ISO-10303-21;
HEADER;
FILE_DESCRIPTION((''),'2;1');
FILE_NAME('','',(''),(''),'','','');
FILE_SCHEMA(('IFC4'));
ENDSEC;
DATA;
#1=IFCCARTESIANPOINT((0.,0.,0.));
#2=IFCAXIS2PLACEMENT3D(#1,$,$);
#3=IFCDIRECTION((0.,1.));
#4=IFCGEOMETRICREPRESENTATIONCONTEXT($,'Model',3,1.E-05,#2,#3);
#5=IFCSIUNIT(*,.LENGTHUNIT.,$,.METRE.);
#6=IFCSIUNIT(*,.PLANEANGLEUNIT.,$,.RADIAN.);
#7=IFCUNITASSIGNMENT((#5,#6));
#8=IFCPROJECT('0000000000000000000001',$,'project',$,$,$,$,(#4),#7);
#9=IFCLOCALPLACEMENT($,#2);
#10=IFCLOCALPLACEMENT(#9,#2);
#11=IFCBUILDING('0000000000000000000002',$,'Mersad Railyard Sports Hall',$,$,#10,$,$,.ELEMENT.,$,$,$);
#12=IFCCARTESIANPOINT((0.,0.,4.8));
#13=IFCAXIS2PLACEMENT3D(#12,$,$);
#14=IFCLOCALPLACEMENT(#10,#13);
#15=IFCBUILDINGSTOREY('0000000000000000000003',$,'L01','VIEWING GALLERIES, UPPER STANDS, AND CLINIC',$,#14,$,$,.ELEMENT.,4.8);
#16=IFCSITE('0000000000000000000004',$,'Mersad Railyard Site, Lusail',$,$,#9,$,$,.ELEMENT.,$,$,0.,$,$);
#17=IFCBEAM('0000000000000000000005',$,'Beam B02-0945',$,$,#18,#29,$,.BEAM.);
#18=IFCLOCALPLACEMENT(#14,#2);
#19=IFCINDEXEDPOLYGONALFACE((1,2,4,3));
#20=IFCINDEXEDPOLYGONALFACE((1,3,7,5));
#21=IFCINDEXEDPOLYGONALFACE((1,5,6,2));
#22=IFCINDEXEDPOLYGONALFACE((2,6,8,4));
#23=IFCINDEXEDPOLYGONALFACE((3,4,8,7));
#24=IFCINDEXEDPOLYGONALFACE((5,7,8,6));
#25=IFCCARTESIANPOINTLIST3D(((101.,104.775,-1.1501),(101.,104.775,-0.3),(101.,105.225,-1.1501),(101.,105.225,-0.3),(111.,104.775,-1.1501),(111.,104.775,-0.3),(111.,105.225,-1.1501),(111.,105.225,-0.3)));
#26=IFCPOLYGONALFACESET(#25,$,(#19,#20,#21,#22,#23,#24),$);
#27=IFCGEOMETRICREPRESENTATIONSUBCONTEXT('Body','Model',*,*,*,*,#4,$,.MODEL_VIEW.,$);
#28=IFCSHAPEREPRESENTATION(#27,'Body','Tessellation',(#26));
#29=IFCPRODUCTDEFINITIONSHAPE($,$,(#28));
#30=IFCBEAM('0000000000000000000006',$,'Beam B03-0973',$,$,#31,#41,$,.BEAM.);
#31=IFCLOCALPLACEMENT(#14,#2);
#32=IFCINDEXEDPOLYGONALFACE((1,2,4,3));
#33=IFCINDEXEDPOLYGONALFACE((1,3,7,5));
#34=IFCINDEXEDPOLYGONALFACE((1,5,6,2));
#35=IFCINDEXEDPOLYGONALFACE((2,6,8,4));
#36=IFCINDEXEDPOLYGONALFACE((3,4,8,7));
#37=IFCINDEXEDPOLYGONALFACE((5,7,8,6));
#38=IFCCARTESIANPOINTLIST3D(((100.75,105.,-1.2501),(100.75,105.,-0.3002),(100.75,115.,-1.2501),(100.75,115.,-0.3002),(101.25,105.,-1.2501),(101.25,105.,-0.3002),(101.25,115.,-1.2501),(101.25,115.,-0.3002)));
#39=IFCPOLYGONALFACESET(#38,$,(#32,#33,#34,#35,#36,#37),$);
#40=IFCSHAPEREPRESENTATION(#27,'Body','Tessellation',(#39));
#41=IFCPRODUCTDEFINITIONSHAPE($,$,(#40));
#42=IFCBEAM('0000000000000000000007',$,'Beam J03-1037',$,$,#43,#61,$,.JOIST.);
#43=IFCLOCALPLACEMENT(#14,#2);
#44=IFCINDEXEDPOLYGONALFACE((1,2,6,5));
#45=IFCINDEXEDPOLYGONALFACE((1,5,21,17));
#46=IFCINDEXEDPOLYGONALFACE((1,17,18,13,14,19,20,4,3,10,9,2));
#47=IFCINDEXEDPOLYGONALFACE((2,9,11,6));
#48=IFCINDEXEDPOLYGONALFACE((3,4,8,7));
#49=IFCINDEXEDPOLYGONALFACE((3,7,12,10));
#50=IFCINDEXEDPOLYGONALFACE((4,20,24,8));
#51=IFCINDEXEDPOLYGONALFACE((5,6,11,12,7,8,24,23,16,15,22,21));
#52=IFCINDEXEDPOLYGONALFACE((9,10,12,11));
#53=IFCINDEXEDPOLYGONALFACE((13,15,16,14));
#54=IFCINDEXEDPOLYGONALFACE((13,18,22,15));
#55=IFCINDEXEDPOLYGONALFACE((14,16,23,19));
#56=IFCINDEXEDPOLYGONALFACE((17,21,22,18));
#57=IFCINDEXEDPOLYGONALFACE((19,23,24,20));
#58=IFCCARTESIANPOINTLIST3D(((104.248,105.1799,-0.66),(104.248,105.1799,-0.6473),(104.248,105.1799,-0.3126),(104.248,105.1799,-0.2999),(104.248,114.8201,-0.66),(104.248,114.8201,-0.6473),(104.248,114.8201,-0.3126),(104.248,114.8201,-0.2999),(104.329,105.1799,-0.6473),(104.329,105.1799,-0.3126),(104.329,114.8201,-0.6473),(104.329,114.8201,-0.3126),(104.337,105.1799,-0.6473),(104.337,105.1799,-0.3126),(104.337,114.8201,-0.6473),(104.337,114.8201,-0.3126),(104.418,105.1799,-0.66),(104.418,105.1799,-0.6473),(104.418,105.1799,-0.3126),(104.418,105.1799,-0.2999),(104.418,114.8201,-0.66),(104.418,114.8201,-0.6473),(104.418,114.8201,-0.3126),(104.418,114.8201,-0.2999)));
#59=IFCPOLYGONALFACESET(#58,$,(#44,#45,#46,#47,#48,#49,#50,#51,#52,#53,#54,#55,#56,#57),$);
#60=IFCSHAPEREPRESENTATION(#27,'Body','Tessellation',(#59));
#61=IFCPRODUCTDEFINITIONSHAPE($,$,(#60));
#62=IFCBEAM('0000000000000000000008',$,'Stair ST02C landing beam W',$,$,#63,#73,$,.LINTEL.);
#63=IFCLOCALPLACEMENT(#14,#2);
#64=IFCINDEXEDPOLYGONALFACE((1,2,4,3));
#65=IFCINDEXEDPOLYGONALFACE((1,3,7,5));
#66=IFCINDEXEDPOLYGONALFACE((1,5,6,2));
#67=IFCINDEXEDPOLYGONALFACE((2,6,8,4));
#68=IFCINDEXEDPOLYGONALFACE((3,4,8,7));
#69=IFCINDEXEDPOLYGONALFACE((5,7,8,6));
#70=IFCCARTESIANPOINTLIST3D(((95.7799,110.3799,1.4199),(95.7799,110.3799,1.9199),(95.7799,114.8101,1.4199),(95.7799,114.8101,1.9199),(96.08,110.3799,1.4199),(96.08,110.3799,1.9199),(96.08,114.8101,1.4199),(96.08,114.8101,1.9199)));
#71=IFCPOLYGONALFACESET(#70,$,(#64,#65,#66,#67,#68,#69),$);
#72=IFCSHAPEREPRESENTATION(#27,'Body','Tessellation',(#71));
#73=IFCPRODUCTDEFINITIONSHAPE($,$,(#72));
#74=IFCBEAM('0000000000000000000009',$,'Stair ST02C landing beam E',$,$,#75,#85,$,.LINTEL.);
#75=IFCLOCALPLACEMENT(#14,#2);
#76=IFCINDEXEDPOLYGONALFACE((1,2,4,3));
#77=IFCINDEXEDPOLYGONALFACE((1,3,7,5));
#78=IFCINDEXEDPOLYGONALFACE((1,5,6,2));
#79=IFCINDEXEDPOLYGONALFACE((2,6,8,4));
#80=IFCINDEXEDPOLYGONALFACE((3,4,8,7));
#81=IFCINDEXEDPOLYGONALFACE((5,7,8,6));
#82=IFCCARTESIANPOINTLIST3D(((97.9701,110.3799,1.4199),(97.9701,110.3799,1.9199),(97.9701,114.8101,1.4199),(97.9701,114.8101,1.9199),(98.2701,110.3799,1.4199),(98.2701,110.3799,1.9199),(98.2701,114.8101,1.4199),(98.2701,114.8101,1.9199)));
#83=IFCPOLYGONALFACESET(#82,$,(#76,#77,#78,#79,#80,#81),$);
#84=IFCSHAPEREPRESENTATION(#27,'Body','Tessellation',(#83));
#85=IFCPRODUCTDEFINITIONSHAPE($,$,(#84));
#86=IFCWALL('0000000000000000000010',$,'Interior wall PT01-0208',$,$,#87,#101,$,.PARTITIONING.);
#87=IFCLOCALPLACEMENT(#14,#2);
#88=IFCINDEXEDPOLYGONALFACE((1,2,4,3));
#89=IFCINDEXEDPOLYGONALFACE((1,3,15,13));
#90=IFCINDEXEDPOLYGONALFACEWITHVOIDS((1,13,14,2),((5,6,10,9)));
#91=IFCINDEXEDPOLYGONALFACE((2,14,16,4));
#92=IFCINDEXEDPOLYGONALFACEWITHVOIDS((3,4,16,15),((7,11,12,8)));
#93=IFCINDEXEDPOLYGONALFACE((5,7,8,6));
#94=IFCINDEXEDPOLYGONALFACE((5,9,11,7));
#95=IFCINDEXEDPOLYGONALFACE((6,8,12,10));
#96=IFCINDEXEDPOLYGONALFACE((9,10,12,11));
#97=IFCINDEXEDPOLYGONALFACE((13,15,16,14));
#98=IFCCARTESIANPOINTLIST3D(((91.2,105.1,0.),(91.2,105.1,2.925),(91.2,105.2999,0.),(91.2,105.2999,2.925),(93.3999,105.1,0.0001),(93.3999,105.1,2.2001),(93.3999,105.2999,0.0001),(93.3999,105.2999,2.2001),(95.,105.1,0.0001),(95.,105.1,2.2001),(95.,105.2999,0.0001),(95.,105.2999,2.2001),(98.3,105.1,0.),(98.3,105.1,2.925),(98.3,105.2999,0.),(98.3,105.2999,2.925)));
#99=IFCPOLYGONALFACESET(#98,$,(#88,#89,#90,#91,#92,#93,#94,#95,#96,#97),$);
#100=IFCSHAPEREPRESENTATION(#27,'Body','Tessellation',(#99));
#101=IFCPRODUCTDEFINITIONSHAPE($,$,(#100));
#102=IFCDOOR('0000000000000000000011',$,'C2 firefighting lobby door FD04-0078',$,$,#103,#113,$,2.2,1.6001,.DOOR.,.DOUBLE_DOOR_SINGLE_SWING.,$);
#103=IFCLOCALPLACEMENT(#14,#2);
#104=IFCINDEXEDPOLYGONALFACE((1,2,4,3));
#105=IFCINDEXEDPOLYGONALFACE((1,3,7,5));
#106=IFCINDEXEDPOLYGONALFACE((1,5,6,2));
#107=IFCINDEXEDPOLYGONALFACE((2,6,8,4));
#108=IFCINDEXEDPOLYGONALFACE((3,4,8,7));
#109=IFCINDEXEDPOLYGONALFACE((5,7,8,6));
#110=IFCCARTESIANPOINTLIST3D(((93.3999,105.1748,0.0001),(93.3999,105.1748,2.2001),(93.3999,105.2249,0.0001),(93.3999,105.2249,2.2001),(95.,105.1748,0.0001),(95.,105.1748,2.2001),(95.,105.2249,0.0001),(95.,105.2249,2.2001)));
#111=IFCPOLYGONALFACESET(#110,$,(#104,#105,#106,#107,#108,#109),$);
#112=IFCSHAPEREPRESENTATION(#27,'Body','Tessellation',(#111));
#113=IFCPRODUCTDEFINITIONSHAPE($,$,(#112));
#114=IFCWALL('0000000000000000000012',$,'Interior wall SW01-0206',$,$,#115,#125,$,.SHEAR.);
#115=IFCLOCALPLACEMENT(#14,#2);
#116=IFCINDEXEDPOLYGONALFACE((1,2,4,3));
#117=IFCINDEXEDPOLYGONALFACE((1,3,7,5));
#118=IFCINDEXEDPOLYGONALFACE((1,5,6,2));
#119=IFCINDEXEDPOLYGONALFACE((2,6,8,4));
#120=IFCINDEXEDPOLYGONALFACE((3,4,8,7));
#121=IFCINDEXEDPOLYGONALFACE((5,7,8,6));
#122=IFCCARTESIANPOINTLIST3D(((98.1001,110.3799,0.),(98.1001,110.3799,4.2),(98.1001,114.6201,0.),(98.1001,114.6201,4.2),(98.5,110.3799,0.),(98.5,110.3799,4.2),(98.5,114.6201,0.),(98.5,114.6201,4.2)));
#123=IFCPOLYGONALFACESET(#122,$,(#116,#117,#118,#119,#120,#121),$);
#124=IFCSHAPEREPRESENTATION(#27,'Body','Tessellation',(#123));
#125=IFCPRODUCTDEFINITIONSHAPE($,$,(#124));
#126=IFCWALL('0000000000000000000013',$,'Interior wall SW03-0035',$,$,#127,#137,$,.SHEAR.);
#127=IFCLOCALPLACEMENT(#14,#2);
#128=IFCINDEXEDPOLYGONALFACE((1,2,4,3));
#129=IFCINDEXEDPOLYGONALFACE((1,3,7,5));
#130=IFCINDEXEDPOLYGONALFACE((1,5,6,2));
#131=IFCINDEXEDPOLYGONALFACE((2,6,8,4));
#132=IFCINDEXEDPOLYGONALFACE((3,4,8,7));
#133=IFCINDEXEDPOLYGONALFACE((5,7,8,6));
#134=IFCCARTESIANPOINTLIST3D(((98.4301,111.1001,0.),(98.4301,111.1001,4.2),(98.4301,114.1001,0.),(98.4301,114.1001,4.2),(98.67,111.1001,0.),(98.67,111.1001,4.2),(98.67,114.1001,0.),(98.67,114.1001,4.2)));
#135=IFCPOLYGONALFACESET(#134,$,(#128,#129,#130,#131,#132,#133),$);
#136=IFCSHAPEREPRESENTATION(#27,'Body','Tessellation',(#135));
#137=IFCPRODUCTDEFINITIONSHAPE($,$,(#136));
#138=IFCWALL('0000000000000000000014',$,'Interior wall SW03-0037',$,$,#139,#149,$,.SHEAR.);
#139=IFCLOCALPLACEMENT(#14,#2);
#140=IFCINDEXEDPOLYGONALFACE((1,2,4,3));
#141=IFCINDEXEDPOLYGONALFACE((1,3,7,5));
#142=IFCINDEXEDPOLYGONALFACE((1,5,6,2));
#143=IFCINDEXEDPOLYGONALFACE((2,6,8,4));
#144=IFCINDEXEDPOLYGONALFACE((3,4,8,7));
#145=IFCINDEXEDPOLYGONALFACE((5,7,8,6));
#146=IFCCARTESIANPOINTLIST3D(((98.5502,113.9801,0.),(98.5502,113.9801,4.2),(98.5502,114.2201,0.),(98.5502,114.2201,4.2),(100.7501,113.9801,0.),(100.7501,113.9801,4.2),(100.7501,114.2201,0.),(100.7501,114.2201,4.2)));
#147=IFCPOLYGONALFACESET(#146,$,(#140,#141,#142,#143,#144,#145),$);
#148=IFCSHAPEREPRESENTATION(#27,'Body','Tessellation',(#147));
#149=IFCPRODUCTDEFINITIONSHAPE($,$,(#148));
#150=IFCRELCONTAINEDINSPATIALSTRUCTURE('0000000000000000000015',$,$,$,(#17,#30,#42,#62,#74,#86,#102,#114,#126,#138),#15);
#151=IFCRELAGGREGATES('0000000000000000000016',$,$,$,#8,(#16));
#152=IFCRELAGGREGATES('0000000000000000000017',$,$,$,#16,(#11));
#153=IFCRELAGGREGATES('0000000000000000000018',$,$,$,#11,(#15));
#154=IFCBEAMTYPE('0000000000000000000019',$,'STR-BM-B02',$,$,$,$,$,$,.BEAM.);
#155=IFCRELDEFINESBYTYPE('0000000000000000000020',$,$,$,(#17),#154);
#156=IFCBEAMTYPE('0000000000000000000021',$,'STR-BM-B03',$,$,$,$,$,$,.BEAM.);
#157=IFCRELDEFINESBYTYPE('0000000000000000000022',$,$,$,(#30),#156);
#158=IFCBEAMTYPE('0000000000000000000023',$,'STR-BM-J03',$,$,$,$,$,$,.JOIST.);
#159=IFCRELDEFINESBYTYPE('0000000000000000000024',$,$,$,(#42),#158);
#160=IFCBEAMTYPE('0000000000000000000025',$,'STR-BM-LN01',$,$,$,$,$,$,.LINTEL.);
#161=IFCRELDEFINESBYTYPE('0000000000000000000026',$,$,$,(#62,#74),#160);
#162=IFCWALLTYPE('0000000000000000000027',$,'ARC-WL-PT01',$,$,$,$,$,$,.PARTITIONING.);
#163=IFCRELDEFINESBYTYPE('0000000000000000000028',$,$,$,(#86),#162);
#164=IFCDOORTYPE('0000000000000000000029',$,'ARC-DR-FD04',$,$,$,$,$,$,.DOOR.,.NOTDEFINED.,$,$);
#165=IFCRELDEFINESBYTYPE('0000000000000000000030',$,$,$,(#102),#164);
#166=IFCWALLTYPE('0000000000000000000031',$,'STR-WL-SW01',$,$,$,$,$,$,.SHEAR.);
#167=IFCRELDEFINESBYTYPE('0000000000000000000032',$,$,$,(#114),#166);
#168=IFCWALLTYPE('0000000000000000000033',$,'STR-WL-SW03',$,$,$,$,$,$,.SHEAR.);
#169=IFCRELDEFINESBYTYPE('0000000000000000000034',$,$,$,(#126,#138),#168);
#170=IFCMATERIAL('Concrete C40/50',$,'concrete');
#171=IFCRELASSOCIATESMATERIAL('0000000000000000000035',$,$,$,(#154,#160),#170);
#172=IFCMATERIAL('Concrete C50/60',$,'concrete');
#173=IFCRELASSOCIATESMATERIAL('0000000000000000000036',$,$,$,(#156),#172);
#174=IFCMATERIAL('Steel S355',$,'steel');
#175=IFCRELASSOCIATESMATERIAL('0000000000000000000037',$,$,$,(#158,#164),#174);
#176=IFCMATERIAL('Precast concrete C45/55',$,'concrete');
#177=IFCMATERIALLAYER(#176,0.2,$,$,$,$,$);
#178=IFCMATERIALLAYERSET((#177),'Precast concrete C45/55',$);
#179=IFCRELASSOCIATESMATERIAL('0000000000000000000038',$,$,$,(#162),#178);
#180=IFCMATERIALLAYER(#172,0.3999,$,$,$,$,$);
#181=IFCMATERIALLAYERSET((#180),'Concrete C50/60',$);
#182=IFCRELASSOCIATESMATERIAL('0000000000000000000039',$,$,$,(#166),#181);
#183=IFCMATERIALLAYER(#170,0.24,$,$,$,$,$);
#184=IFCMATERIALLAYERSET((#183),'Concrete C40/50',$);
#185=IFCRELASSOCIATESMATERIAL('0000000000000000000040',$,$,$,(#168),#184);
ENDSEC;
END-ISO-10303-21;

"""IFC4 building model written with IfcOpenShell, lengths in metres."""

from ifc_helpers import new_model, si_unit, direction, frame, frame_2d, origin, origin_2d, place, context, subcontext, project, spatial, rectangle, i_section, extrude, material, layer, layer_set, material_profile, profile_set, type_object, element, fill, save


model = new_model("IFC4")

# Units and contexts
model_context = context("Model", 3, precision=1e-05, world=origin(), true_north=direction((0.0, 1.0)))
body_context = subcontext(model_context, "Body", "Model", "MODEL_VIEW")
ifc_project = project(units=[si_unit("LENGTHUNIT", "METRE"), si_unit("PLANEANGLEUNIT", "RADIAN")], contexts=[model_context])

# Site, building, storey
site_placement = place(None, origin())
site = spatial("IfcSite", under=ifc_project, at=site_placement, Name="Mersad Railyard Site, Lusail", CompositionType="ELEMENT", RefElevation=0.0)
building_placement = place(site_placement, origin())
building = spatial("IfcBuilding", under=site, at=building_placement, Name="Mersad Railyard Sports Hall", CompositionType="ELEMENT")
storey_placement = place(building_placement, frame((0.0, 0.0, 4.8)))
storey = spatial("IfcBuildingStorey", under=building, at=storey_placement, Name="L01", Description="VIEWING GALLERIES, UPPER STANDS, AND CLINIC", CompositionType="ELEMENT", Elevation=4.8)

# Beams
ifc_material_1 = material(Name="Concrete C40/50", Category="concrete")
ifc_material_profile_1 = material_profile(ifc_material_1, rectangle(XDim=0.45, YDim=0.8501, at=origin_2d()), Name="RC 450x850")
ifc_profile_set_1 = profile_set([ifc_material_profile_1], Name="Concrete C40/50")
beam_type_1 = type_object("IfcBeamType", Name="STR-BM-B02", PredefinedType="BEAM", material=ifc_profile_set_1)
beam_1_placement = place(storey_placement, frame((101.0, 105.0, -0.7251), z_axis=(1.0, 0.0, 0.0), x_axis=(0.0, 1.0, 0.0)))
element("IfcBeam", 1, at=beam_1_placement, inside=storey, type_object=beam_type_1, Name="Beam B02-0945", PredefinedType="BEAM", context=body_context, shape_type="SweptSolid", body=[
    extrude(rectangle(XDim=0.45, YDim=0.8501, at=origin_2d()), origin(), (0.0, 0.0, 1.0), 10.0),
])
ifc_material_2 = material(Name="Concrete C50/60", Category="concrete")
ifc_material_profile_2 = material_profile(ifc_material_2, rectangle(XDim=0.5, YDim=0.95, at=origin_2d()), Name="RC 500x950")
ifc_profile_set_2 = profile_set([ifc_material_profile_2], Name="Concrete C50/60")
beam_type_2 = type_object("IfcBeamType", Name="STR-BM-B03", PredefinedType="BEAM", material=ifc_profile_set_2)
beam_2_placement = place(storey_placement, frame((101.0, 105.0, -0.7751), z_axis=(0.0, 1.0, 0.0), x_axis=(-1.0, 0.0, 0.0)))
element("IfcBeam", 2, at=beam_2_placement, inside=storey, type_object=beam_type_2, Name="Beam B03-0973", PredefinedType="BEAM", context=body_context, shape_type="SweptSolid", body=[
    extrude(rectangle(XDim=0.5, YDim=0.95, at=origin_2d()), origin(), (0.0, 0.0, 1.0), 10.0),
])
ifc_material_3 = material(Name="Steel S355", Category="steel")
ifc_material_profile_3 = material_profile(ifc_material_3, i_section(OverallWidth=0.1699, OverallDepth=0.3601, WebThickness=0.0081, FlangeThickness=0.0127, at=origin_2d()), Name="IPE 360")
ifc_profile_set_3 = profile_set([ifc_material_profile_3], Name="Steel S355")
beam_type_3 = type_object("IfcBeamType", Name="STR-BM-J03", PredefinedType="JOIST", material=ifc_profile_set_3)
beam_3_placement = place(storey_placement, frame((104.333, 105.1799, -0.48), z_axis=(0.0, 1.0, 0.0), x_axis=(-1.0, 0.0, 0.0)))
element("IfcBeam", 3, at=beam_3_placement, inside=storey, type_object=beam_type_3, Name="Beam J03-1037", PredefinedType="JOIST", context=body_context, shape_type="SweptSolid", body=[
    extrude(i_section(OverallWidth=0.1699, OverallDepth=0.3601, WebThickness=0.0081, FlangeThickness=0.0127, at=origin_2d()), origin(), (0.0, 0.0, 1.0), 9.6401),
])
ifc_material_profile_4 = material_profile(ifc_material_1, rectangle(XDim=0.3, YDim=0.5, at=origin_2d()), Name="RC 300x500")
ifc_profile_set_4 = profile_set([ifc_material_profile_4], Name="Concrete C40/50")
beam_type_4 = type_object("IfcBeamType", Name="STR-BM-LN01", PredefinedType="LINTEL", material=ifc_profile_set_4)
for number, where, z_axis, x_axis, name in (
    (4, (95.9299, 110.3799, 1.6699), (0.0, 1.0, 0.0), (-1.0, 0.0, 0.0), "Stair ST02C landing beam W"),
    (5, (98.1201, 110.3799, 1.6699), (0.0, 1.0, 0.0), (-1.0, 0.0, 0.0), "Stair ST02C landing beam E"),
):
    element("IfcBeam", number, at=place(storey_placement, frame(where, z_axis=z_axis, x_axis=x_axis)), inside=storey, type_object=beam_type_4, Name=name, PredefinedType="LINTEL", context=body_context, shape_type="SweptSolid", body=[
        extrude(rectangle(XDim=0.3, YDim=0.5, at=origin_2d()), origin(), (0.0, 0.0, 1.0), 4.4302),
    ])

# Wall, opening, door
ifc_material_4 = material(Name="Precast concrete C45/55", Category="concrete")
ifc_layer_1 = layer(ifc_material_4, 0.2)
ifc_layer_set_1 = layer_set([ifc_layer_1], Name="Precast concrete C45/55")
wall_type_1 = type_object("IfcWallType", Name="ARC-WL-PT01", PredefinedType="PARTITIONING", material=ifc_layer_set_1)
wall_1_placement = place(storey_placement, frame((91.2, 105.2, 0.0), z_axis=(0.0, 0.0, 1.0), x_axis=(1.0, 0.0, 0.0)))
wall_1 = element("IfcWall", 6, at=wall_1_placement, inside=storey, type_object=wall_type_1, Name="Interior wall PT01-0208", PredefinedType="PARTITIONING", context=body_context, shape_type="SweptSolid", body=[
    extrude(rectangle(XDim=7.1001, YDim=0.2, at=frame_2d((3.55, 0.0))), origin(), (0.0, 0.0, 1.0), 2.925),
])
opening_1_placement = place(wall_1_placement, frame((2.2, 0.0, 0.0)))
opening_1 = element("IfcOpeningElement", 7, at=opening_1_placement, cuts=wall_1, PredefinedType="OPENING", context=body_context, shape_type="SweptSolid", body=[
    extrude(rectangle(XDim=1.6001, YDim=2.2, at=frame_2d((0.8, 1.1001))), frame((0.0, 0.1099, 0.0), z_axis=(0.0, -1.0, 0.0), x_axis=(1.0, 0.0, 0.0)), (0.0, 0.0, 1.0), 0.22),
])
door_type_1 = type_object("IfcDoorType", Name="ARC-DR-FD04", OperationType="NOTDEFINED", PredefinedType="DOOR", material=ifc_material_3)
door_1_placement = place(opening_1_placement, origin())
door_1 = element("IfcDoor", 8, at=door_1_placement, inside=storey, type_object=door_type_1, Name="C2 firefighting lobby door FD04-0078", OperationType="DOUBLE_DOOR_SINGLE_SWING", OverallHeight=2.2, OverallWidth=1.6001, PredefinedType="DOOR", context=body_context, shape_type="SweptSolid", body=[
    extrude(rectangle(XDim=1.6001, YDim=2.2, at=frame_2d((0.8, 1.1001))), frame((0.0, 0.0249, 0.0), z_axis=(0.0, -1.0, 0.0), x_axis=(1.0, 0.0, 0.0)), (0.0, 0.0, 1.0), 0.05),
])
fill(opening_1, door_1)
ifc_layer_2 = layer(ifc_material_2, 0.3999)
ifc_layer_set_2 = layer_set([ifc_layer_2], Name="Concrete C50/60")
wall_type_2 = type_object("IfcWallType", Name="STR-WL-SW01", PredefinedType="SHEAR", material=ifc_layer_set_2)

# Walls
wall_2_placement = place(storey_placement, frame((98.3, 110.3799, 0.0), z_axis=(0.0, 0.0, 1.0), x_axis=(0.0, 1.0, 0.0)))
element("IfcWall", 9, at=wall_2_placement, inside=storey, type_object=wall_type_2, Name="Interior wall SW01-0206", PredefinedType="SHEAR", context=body_context, shape_type="SweptSolid", body=[
    extrude(rectangle(XDim=4.2402, YDim=0.3999, at=frame_2d((2.1201, 0.0))), origin(), (0.0, 0.0, 1.0), 4.2),
])
ifc_layer_3 = layer(ifc_material_1, 0.24)
ifc_layer_set_3 = layer_set([ifc_layer_3], Name="Concrete C40/50")
wall_type_3 = type_object("IfcWallType", Name="STR-WL-SW03", PredefinedType="SHEAR", material=ifc_layer_set_3)
wall_3_placement = place(storey_placement, frame((98.55, 111.1001, 0.0), z_axis=(0.0, 0.0, 1.0), x_axis=(0.0, 1.0, 0.0)))
element("IfcWall", 10, at=wall_3_placement, inside=storey, type_object=wall_type_3, Name="Interior wall SW03-0035", PredefinedType="SHEAR", context=body_context, shape_type="SweptSolid", body=[
    extrude(rectangle(XDim=3.0, YDim=0.24, at=frame_2d((1.5, 0.0))), origin(), (0.0, 0.0, 1.0), 4.2),
])
wall_4_placement = place(storey_placement, frame((98.55, 114.1001, 0.0), z_axis=(0.0, 0.0, 1.0), x_axis=(1.0, 0.0, 0.0)))
element("IfcWall", 11, at=wall_4_placement, inside=storey, type_object=wall_type_3, Name="Interior wall SW03-0037", PredefinedType="SHEAR", context=body_context, shape_type="SweptSolid", body=[
    extrude(rectangle(XDim=2.2, YDim=0.24, at=frame_2d((1.1001, 0.0))), origin(), (0.0, 0.0, 1.0), 4.2),
])

save(model, "model.ifc")
